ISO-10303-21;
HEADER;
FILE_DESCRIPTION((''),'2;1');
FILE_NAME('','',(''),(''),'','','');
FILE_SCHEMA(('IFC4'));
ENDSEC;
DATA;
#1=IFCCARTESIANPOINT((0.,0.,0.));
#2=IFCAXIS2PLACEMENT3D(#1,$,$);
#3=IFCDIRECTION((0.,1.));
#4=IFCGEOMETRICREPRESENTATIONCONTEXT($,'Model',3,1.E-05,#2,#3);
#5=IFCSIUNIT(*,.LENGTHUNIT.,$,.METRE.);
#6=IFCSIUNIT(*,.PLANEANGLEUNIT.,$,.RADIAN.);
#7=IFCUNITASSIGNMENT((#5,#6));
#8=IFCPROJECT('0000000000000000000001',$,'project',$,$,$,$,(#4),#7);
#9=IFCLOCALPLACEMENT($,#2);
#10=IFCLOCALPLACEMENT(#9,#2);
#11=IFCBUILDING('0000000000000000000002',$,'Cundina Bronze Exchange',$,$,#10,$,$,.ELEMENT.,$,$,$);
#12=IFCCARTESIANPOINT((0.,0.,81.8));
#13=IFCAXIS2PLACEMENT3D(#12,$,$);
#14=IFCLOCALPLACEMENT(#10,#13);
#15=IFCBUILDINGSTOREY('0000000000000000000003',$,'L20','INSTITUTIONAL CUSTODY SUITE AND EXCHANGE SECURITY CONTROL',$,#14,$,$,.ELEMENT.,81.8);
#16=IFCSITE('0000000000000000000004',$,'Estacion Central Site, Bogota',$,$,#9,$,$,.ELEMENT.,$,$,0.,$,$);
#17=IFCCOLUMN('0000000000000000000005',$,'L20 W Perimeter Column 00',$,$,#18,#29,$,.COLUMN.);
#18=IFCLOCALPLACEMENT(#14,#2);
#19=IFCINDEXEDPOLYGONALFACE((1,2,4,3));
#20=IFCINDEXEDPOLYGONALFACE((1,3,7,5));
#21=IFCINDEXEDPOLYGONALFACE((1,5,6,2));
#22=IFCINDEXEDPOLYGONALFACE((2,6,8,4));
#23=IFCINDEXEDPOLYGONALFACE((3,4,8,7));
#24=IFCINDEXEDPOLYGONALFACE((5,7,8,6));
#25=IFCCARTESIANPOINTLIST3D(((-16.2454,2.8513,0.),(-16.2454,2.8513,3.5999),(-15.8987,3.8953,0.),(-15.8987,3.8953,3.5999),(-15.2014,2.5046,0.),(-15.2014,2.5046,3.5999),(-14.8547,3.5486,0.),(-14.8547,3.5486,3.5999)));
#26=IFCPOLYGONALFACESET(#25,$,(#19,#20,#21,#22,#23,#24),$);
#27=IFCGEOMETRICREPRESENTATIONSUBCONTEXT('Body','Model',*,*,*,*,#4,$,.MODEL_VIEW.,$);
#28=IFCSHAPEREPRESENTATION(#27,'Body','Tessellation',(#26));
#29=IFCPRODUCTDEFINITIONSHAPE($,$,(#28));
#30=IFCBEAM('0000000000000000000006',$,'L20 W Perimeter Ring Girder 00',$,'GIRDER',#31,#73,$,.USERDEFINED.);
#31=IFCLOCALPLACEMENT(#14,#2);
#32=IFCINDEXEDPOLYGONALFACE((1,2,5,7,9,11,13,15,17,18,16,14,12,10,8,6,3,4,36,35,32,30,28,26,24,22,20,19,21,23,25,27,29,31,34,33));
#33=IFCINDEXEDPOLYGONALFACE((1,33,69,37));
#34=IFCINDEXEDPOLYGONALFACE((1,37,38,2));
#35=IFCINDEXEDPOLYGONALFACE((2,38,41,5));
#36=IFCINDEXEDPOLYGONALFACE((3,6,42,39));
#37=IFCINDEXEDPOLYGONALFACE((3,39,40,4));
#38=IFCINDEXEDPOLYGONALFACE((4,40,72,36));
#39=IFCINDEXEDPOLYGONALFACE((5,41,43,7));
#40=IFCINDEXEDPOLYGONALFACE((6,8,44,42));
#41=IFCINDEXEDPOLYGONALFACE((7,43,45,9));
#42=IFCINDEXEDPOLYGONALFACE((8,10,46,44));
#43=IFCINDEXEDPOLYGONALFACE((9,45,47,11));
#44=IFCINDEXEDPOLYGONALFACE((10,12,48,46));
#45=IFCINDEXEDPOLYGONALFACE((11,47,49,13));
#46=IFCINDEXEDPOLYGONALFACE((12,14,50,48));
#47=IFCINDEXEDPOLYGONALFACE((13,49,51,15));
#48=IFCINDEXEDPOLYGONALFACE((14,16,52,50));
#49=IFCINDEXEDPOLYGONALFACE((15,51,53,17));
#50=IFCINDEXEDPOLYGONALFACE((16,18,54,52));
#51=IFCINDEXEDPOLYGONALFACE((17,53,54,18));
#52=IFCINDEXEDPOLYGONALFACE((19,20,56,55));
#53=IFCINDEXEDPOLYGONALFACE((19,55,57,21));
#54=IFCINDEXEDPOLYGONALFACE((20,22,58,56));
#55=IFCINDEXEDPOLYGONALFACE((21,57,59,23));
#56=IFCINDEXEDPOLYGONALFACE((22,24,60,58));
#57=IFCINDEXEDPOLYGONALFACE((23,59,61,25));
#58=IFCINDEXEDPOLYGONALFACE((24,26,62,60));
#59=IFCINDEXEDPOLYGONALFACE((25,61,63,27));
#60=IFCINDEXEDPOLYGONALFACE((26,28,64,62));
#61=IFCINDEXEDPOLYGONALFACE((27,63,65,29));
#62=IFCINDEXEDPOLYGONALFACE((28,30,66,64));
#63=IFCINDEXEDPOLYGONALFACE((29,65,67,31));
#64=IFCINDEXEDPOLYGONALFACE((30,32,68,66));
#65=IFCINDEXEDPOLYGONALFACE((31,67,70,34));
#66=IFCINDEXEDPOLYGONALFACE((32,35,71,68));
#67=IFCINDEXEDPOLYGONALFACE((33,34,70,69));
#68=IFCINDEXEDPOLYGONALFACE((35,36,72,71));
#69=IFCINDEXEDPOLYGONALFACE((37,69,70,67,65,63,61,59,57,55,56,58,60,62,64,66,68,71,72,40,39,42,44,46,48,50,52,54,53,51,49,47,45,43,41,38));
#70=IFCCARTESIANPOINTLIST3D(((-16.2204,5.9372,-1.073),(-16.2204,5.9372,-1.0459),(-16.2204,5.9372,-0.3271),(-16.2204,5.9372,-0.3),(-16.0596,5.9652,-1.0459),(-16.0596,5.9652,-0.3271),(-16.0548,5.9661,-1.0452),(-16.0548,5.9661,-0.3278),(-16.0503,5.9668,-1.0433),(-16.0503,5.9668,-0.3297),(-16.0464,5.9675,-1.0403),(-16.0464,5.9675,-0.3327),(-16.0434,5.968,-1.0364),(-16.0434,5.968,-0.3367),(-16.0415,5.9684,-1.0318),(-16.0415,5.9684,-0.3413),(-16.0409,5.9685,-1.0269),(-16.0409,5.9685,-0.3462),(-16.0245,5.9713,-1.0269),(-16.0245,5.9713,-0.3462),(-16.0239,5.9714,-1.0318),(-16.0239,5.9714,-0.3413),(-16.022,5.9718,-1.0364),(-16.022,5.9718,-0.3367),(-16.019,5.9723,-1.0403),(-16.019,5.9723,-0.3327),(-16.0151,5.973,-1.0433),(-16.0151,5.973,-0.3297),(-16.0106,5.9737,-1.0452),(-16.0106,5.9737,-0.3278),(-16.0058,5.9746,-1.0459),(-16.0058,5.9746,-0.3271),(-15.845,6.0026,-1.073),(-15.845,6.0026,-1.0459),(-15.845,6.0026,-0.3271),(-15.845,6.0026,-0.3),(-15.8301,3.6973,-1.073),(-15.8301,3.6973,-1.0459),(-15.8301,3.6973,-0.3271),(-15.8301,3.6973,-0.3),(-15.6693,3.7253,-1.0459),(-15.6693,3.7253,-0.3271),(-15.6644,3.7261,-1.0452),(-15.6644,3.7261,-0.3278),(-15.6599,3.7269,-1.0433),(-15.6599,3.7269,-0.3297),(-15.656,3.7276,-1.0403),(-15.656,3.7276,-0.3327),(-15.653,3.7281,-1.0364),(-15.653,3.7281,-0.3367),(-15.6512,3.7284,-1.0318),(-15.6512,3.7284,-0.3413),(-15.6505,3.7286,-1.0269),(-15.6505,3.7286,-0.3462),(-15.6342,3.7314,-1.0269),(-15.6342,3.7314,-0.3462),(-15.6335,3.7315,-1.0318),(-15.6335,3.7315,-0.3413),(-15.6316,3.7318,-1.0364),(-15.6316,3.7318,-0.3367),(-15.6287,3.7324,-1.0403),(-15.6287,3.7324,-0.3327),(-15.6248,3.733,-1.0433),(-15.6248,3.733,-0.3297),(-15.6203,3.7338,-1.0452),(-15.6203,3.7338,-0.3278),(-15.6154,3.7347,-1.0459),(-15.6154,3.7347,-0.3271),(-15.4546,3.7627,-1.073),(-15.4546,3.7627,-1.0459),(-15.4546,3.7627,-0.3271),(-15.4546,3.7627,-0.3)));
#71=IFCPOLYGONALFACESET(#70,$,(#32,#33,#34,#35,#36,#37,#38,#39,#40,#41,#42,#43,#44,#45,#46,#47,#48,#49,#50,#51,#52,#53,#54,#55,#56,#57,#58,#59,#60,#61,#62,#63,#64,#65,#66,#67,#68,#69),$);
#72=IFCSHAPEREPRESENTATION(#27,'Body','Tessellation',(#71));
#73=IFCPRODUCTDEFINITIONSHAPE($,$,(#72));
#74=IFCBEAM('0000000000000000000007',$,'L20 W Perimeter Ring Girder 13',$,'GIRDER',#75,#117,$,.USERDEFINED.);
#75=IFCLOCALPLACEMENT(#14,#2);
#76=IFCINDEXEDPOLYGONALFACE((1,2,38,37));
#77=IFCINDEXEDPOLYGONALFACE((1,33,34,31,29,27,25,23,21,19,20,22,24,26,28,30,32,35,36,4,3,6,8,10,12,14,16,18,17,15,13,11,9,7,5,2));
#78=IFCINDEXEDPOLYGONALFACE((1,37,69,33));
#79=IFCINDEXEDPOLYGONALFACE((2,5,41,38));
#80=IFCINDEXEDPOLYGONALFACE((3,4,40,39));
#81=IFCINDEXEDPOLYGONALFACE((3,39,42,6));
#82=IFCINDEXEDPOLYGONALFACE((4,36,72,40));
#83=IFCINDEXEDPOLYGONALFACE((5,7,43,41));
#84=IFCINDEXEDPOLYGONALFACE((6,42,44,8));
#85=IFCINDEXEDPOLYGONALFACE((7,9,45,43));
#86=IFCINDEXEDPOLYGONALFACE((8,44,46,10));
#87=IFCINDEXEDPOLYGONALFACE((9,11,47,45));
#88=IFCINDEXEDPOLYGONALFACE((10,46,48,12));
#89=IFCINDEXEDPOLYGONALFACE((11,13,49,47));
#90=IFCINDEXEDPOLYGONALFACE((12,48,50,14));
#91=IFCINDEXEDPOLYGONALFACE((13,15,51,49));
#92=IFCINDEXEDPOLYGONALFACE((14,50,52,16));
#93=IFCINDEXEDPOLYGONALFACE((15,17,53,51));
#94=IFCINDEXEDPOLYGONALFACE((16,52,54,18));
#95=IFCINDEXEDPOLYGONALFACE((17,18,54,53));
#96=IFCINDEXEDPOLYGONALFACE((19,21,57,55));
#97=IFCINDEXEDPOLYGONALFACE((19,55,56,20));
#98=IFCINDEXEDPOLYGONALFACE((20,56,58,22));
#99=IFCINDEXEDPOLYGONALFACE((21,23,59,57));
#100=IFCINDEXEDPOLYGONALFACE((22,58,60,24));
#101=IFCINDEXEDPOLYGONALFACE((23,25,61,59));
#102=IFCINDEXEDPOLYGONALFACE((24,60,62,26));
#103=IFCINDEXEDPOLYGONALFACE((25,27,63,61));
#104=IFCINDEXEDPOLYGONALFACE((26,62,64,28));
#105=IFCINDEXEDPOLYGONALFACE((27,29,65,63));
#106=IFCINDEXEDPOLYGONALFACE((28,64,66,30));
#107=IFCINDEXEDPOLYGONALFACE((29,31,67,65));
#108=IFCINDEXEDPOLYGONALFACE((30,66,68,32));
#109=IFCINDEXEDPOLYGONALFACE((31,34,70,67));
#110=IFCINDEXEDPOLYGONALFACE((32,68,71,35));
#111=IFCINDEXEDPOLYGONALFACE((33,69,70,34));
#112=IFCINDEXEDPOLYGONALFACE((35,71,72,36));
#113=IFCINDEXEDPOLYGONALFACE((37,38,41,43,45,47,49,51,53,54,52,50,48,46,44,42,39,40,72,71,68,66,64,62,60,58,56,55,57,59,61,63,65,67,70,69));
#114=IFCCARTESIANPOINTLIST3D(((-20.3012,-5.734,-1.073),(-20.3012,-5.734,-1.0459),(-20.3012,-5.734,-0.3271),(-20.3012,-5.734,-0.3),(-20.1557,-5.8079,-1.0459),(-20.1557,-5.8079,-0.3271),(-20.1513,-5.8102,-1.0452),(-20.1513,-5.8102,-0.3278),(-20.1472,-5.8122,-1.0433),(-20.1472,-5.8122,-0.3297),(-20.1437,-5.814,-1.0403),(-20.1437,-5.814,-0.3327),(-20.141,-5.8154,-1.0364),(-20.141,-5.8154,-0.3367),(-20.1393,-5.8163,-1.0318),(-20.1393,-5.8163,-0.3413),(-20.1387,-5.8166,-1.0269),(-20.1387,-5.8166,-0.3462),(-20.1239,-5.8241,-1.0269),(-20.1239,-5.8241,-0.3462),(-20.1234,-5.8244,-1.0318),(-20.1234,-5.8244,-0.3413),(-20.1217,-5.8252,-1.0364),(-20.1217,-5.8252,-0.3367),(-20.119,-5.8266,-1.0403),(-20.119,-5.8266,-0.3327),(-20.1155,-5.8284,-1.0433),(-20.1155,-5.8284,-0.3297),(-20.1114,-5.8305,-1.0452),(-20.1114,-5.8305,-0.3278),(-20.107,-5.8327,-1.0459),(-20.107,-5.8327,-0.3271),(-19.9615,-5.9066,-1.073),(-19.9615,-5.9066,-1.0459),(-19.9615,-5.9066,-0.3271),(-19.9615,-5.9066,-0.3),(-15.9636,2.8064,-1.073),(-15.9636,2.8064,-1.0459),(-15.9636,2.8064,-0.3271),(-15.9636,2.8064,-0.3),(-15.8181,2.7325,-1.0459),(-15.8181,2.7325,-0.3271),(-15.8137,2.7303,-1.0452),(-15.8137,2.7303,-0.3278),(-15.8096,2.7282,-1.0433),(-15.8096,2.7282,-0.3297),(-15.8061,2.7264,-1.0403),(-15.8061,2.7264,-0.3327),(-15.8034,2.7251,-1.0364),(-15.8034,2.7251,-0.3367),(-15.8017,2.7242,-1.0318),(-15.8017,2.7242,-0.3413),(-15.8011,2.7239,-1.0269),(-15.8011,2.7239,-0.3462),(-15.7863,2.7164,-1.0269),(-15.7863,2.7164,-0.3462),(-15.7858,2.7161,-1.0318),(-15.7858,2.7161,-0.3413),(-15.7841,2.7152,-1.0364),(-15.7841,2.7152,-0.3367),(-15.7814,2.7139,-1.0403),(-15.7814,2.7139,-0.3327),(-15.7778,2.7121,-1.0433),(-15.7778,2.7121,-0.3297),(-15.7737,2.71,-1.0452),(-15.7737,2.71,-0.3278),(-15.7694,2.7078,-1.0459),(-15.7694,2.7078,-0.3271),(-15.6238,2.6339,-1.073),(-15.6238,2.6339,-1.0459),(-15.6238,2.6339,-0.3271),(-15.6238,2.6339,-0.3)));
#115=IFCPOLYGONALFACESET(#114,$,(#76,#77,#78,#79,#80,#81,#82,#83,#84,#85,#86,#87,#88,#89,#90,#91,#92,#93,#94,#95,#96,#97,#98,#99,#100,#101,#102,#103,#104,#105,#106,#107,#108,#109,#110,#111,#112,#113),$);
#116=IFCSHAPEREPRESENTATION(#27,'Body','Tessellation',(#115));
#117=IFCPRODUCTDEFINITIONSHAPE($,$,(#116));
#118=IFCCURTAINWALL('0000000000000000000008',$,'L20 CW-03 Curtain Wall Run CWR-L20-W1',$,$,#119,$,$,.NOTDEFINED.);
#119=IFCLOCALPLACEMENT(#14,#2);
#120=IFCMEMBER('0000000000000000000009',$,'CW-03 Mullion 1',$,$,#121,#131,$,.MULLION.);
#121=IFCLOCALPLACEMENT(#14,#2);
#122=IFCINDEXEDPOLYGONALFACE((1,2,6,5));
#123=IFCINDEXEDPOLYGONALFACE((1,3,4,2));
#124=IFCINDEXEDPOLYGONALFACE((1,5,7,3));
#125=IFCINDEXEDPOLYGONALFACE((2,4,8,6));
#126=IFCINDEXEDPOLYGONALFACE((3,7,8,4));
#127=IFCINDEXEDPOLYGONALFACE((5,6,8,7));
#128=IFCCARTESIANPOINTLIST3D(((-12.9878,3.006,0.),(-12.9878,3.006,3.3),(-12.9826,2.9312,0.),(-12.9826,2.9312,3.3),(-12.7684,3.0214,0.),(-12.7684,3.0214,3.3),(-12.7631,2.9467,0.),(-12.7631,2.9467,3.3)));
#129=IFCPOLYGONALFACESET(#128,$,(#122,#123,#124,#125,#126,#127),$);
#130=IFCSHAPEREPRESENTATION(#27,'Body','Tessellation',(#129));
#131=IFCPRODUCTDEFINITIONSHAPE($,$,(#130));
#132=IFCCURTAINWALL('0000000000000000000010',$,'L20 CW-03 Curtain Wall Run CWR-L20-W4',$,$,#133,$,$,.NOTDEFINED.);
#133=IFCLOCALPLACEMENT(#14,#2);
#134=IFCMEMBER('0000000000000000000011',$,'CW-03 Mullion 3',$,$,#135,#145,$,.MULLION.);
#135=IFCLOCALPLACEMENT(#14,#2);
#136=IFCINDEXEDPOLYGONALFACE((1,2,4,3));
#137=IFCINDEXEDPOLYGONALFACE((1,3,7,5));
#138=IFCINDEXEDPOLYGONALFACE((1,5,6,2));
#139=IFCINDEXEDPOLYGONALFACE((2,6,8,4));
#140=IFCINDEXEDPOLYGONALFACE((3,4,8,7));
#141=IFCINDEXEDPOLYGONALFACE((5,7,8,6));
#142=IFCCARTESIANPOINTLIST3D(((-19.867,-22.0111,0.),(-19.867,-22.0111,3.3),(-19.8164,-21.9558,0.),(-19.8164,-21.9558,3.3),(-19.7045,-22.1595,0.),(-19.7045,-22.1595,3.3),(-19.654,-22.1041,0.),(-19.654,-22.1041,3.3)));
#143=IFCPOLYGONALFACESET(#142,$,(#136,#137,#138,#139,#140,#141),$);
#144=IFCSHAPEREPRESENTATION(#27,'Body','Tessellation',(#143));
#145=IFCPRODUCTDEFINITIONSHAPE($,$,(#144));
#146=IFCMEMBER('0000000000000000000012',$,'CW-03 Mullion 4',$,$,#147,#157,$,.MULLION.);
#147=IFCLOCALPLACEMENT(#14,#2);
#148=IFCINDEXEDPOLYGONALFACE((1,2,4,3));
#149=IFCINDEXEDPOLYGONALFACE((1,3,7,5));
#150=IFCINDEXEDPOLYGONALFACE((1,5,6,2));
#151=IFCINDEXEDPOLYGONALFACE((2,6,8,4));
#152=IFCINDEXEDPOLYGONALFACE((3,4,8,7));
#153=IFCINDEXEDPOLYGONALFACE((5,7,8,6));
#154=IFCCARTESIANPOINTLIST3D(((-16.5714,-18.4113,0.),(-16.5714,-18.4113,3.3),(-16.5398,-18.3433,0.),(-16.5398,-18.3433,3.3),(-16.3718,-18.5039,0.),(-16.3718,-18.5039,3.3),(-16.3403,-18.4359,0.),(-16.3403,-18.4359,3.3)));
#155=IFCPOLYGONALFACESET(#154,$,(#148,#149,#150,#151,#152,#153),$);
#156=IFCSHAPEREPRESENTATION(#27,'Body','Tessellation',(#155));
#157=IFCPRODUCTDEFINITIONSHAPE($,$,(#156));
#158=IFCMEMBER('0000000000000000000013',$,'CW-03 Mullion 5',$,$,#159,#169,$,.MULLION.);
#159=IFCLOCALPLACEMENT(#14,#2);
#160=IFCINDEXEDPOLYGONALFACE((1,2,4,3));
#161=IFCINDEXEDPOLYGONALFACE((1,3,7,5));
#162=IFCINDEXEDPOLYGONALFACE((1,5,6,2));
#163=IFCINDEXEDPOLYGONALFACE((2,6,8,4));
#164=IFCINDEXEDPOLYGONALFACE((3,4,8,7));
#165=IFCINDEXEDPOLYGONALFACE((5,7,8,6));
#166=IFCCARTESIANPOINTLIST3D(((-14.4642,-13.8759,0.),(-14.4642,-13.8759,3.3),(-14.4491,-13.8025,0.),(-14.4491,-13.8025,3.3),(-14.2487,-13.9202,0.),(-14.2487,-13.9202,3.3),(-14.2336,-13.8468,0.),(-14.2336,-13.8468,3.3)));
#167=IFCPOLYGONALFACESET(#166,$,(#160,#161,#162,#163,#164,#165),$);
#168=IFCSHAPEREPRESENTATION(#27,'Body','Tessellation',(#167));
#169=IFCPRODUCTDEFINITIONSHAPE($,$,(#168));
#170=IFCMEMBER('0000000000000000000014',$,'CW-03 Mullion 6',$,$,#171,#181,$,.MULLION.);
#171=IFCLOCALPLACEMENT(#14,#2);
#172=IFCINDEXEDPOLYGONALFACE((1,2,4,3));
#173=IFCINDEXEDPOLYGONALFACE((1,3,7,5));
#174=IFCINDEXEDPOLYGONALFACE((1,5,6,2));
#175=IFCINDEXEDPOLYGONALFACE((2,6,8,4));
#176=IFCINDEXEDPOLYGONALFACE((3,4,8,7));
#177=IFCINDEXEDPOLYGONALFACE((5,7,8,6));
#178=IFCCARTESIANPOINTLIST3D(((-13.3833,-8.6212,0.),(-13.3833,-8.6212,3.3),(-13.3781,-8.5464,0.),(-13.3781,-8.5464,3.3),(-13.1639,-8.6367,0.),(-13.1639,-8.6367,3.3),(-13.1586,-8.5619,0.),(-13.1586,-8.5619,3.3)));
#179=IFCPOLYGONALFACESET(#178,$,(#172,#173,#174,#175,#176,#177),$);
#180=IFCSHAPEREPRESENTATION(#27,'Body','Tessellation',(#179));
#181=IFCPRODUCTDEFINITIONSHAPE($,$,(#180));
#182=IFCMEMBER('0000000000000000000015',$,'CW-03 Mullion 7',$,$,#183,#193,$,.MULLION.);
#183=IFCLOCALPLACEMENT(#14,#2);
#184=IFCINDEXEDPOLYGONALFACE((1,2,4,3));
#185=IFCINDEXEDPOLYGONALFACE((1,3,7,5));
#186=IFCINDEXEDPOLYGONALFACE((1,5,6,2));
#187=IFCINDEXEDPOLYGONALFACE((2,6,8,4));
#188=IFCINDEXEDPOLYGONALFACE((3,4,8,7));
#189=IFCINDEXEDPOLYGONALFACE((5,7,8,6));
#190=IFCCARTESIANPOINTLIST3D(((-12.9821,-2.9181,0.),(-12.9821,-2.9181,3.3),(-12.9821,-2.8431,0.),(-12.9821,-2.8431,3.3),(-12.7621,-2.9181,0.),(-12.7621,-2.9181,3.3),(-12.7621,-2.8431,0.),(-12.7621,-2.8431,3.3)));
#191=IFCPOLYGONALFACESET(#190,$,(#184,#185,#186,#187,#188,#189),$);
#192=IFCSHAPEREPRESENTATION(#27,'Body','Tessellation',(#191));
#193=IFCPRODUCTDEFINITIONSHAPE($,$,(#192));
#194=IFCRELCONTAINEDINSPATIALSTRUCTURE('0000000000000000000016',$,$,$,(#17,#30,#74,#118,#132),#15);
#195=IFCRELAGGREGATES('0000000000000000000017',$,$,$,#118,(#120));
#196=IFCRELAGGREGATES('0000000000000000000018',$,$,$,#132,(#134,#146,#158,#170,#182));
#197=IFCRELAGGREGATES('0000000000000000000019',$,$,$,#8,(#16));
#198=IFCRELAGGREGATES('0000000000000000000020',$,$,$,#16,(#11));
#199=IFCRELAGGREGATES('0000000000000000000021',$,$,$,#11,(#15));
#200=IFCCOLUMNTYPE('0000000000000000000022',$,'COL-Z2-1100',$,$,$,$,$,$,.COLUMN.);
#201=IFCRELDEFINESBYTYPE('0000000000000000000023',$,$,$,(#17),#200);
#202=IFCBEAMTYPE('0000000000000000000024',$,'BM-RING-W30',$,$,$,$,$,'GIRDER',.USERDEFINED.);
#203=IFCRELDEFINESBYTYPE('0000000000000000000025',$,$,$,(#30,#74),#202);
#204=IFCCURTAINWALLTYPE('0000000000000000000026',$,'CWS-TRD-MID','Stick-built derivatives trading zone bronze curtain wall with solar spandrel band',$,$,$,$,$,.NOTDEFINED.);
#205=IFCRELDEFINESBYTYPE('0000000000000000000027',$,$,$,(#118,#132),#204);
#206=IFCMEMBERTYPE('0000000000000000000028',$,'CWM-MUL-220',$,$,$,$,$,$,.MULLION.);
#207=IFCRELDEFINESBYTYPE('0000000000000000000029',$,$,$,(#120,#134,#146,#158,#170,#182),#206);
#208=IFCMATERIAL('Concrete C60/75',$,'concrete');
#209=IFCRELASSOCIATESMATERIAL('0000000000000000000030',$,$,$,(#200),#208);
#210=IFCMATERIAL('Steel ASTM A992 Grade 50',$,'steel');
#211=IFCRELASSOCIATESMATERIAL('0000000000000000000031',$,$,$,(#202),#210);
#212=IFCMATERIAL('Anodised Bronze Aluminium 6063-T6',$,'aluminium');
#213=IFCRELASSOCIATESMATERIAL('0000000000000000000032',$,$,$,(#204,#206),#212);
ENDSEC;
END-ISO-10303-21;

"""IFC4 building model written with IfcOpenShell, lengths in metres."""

from ifc_helpers import new_model, si_unit, direction, frame, origin, origin_2d, place, context, subcontext, project, spatial, rectangle, i_section, extrude, material, material_profile, profile_set, type_object, element, aggregate, save


model = new_model("IFC4")

# Units and contexts
model_context = context("Model", 3, precision=1e-05, world=origin(), true_north=direction((0.0, 1.0)))
body_context = subcontext(model_context, "Body", "Model", "MODEL_VIEW")
ifc_project = project(units=[si_unit("LENGTHUNIT", "METRE"), si_unit("PLANEANGLEUNIT", "RADIAN")], contexts=[model_context])

# Site, building, storey
site_placement = place(None, origin())
site = spatial("IfcSite", under=ifc_project, at=site_placement, Name="Estacion Central Site, Bogota", CompositionType="ELEMENT", RefElevation=0.0)
building_placement = place(site_placement, origin())
building = spatial("IfcBuilding", under=site, at=building_placement, Name="Cundina Bronze Exchange", CompositionType="ELEMENT")
storey_placement = place(building_placement, frame((0.0, 0.0, 81.8)))
storey = spatial("IfcBuildingStorey", under=building, at=storey_placement, Name="L20", Description="INSTITUTIONAL CUSTODY SUITE AND EXCHANGE SECURITY CONTROL", CompositionType="ELEMENT", Elevation=81.8)

# Column
ifc_material_1 = material(Name="Concrete C60/75", Category="concrete")
ifc_material_profile_1 = material_profile(ifc_material_1, rectangle(XDim=1.1001, YDim=1.1001, at=origin_2d()), Name="RC1100X1100", Category="concrete")
ifc_profile_set_1 = profile_set([ifc_material_profile_1], Name="Concrete C60/75")
column_type = type_object("IfcColumnType", Name="COL-Z2-1100", PredefinedType="COLUMN", material=ifc_profile_set_1)
column_placement = place(storey_placement, frame((-15.55, 3.2, 0.0), z_axis=(0.0, 0.0, 1.0), x_axis=(0.315152, 0.949041, 0.0)))
element("IfcColumn", 1, at=column_placement, inside=storey, type_object=column_type, Name="L20 W Perimeter Column 00", PredefinedType="COLUMN", context=body_context, shape_type="SweptSolid", body=[
    extrude(rectangle(XDim=1.1001, YDim=1.1001, at=origin_2d()), origin(), (0.0, 0.0, 1.0), 3.5999),
])

# Beams
ifc_material_2 = material(Name="Steel ASTM A992 Grade 50", Category="steel")
ifc_material_profile_2 = material_profile(ifc_material_2, i_section(OverallWidth=0.3811, OverallDepth=0.7729, WebThickness=0.0166, FlangeThickness=0.0271, FilletRadius=0.019, at=origin_2d()), Name="W30X173", Category="steel")
ifc_profile_set_2 = profile_set([ifc_material_profile_2], Name="Steel ASTM A992 Grade 50")
beam_type = type_object("IfcBeamType", Name="BM-RING-W30", ElementType="GIRDER", PredefinedType="USERDEFINED", material=ifc_profile_set_2)
beam_1_placement = place(storey_placement, frame((-15.6423, 3.73, -0.6865), z_axis=(-0.17169, 0.985151, 0.0), x_axis=(-0.985151, -0.17169, 0.0)))
element("IfcBeam", 2, at=beam_1_placement, inside=storey, type_object=beam_type, Name="L20 W Perimeter Ring Girder 00", ObjectType="GIRDER", PredefinedType="USERDEFINED", context=body_context, shape_type="SweptSolid", body=[
    extrude(i_section(OverallWidth=0.3811, OverallDepth=0.7729, WebThickness=0.0166, FlangeThickness=0.0271, FilletRadius=0.019, at=origin_2d()), origin(), (0.0, 0.0, 1.0), 2.2737),
])
beam_2_placement = place(storey_placement, frame((-20.1313, -5.8203, -0.6865), z_axis=(0.452832, 0.891596, 0.0), x_axis=(-0.891596, 0.452832, 0.0)))
element("IfcBeam", 3, at=beam_2_placement, inside=storey, type_object=beam_type, Name="L20 W Perimeter Ring Girder 13", ObjectType="GIRDER", PredefinedType="USERDEFINED", context=body_context, shape_type="SweptSolid", body=[
    extrude(i_section(OverallWidth=0.3811, OverallDepth=0.7729, WebThickness=0.0166, FlangeThickness=0.0271, FilletRadius=0.019, at=origin_2d()), origin(), (0.0, 0.0, 1.0), 9.5789),
])

# Curtain wall, member
ifc_material_3 = material(Name="Anodised Bronze Aluminium 6063-T6", Category="aluminium")
curtain_wall_type = type_object("IfcCurtainWallType", Name="CWS-TRD-MID", Description="Stick-built derivatives trading zone bronze curtain wall with solar spandrel band", PredefinedType="NOTDEFINED", material=ifc_material_3)
curtain_wall_1_placement = place(storey_placement, origin())
curtain_wall_1 = element("IfcCurtainWall", 4, at=curtain_wall_1_placement, inside=storey, type_object=curtain_wall_type, Name="L20 CW-03 Curtain Wall Run CWR-L20-W1", PredefinedType="NOTDEFINED")
ifc_material_profile_3 = material_profile(ifc_material_3, rectangle(XDim=0.075, YDim=0.22, at=origin_2d()), Name="AL75X220", Category="aluminium")
ifc_profile_set_3 = profile_set([ifc_material_profile_3], Name="Anodised Bronze Aluminium 6063-T6")
member_type_1 = type_object("IfcMemberType", Name="CWM-MUL-220", PredefinedType="MULLION", material=ifc_profile_set_3)
member_1_placement = place(storey_placement, frame((-12.8755, 2.9763, 0.0), z_axis=(0.0, 0.0, 1.0), x_axis=(-0.070279, 0.997527, 0.0)))
member_1 = element("IfcMember", 5, at=member_1_placement, type_object=member_type_1, Name="CW-03 Mullion 1", PredefinedType="MULLION", context=body_context, shape_type="SweptSolid", body=[
    extrude(rectangle(XDim=0.075, YDim=0.22, at=origin_2d()), origin(), (0.0, 0.0, 1.0), 3.3),
])

# Curtain wall, members
curtain_wall_2_placement = place(storey_placement, origin())
curtain_wall_2 = element("IfcCurtainWall", 6, at=curtain_wall_2_placement, inside=storey, type_object=curtain_wall_type, Name="L20 CW-03 Curtain Wall Run CWR-L20-W4", PredefinedType="NOTDEFINED")
member_2_placement = place(storey_placement, frame((-19.7605, -22.0576, 0.0), z_axis=(0.0, 0.0, 1.0), x_axis=(0.674302, 0.738455, 0.0)))
member_2 = element("IfcMember", 7, at=member_2_placement, type_object=member_type_1, Name="CW-03 Mullion 3", PredefinedType="MULLION", context=body_context, shape_type="SweptSolid", body=[
    extrude(rectangle(XDim=0.075, YDim=0.22, at=origin_2d()), origin(), (0.0, 0.0, 1.0), 3.3),
])
member_3_placement = place(storey_placement, frame((-16.4558, -18.4236, 0.0), z_axis=(0.0, 0.0, 1.0), x_axis=(0.420877, 0.907117, 0.0)))
member_3 = element("IfcMember", 8, at=member_3_placement, type_object=member_type_1, Name="CW-03 Mullion 4", PredefinedType="MULLION", context=body_context, shape_type="SweptSolid", body=[
    extrude(rectangle(XDim=0.075, YDim=0.22, at=origin_2d()), origin(), (0.0, 0.0, 1.0), 3.3),
])
member_4_placement = place(storey_placement, frame((-14.3489, -13.8613, 0.0), z_axis=(0.0, 0.0, 1.0), x_axis=(0.20142, 0.979505, 0.0)))
member_4 = element("IfcMember", 9, at=member_4_placement, type_object=member_type_1, Name="CW-03 Mullion 5", PredefinedType="MULLION", context=body_context, shape_type="SweptSolid", body=[
    extrude(rectangle(XDim=0.075, YDim=0.22, at=origin_2d()), origin(), (0.0, 0.0, 1.0), 3.3),
])
member_5_placement = place(storey_placement, frame((-13.271, -8.5916, 0.0), z_axis=(0.0, 0.0, 1.0), x_axis=(0.070279, 0.997527, 0.0)))
member_5 = element("IfcMember", 10, at=member_5_placement, type_object=member_type_1, Name="CW-03 Mullion 6", PredefinedType="MULLION", context=body_context, shape_type="SweptSolid", body=[
    extrude(rectangle(XDim=0.075, YDim=0.22, at=origin_2d()), origin(), (0.0, 0.0, 1.0), 3.3),
])
member_6_placement = place(storey_placement, frame((-12.8721, -2.8806, 0.0), z_axis=(0.0, 0.0, 1.0), x_axis=(0.0, 1.0, 0.0)))
member_6 = element("IfcMember", 11, at=member_6_placement, type_object=member_type_1, Name="CW-03 Mullion 7", PredefinedType="MULLION", context=body_context, shape_type="SweptSolid", body=[
    extrude(rectangle(XDim=0.075, YDim=0.22, at=origin_2d()), origin(), (0.0, 0.0, 1.0), 3.3),
])

aggregate(curtain_wall_1, [member_1])

aggregate(curtain_wall_2, [member_2, member_3, member_4, member_5, member_6])

save(model, "model.ifc")
